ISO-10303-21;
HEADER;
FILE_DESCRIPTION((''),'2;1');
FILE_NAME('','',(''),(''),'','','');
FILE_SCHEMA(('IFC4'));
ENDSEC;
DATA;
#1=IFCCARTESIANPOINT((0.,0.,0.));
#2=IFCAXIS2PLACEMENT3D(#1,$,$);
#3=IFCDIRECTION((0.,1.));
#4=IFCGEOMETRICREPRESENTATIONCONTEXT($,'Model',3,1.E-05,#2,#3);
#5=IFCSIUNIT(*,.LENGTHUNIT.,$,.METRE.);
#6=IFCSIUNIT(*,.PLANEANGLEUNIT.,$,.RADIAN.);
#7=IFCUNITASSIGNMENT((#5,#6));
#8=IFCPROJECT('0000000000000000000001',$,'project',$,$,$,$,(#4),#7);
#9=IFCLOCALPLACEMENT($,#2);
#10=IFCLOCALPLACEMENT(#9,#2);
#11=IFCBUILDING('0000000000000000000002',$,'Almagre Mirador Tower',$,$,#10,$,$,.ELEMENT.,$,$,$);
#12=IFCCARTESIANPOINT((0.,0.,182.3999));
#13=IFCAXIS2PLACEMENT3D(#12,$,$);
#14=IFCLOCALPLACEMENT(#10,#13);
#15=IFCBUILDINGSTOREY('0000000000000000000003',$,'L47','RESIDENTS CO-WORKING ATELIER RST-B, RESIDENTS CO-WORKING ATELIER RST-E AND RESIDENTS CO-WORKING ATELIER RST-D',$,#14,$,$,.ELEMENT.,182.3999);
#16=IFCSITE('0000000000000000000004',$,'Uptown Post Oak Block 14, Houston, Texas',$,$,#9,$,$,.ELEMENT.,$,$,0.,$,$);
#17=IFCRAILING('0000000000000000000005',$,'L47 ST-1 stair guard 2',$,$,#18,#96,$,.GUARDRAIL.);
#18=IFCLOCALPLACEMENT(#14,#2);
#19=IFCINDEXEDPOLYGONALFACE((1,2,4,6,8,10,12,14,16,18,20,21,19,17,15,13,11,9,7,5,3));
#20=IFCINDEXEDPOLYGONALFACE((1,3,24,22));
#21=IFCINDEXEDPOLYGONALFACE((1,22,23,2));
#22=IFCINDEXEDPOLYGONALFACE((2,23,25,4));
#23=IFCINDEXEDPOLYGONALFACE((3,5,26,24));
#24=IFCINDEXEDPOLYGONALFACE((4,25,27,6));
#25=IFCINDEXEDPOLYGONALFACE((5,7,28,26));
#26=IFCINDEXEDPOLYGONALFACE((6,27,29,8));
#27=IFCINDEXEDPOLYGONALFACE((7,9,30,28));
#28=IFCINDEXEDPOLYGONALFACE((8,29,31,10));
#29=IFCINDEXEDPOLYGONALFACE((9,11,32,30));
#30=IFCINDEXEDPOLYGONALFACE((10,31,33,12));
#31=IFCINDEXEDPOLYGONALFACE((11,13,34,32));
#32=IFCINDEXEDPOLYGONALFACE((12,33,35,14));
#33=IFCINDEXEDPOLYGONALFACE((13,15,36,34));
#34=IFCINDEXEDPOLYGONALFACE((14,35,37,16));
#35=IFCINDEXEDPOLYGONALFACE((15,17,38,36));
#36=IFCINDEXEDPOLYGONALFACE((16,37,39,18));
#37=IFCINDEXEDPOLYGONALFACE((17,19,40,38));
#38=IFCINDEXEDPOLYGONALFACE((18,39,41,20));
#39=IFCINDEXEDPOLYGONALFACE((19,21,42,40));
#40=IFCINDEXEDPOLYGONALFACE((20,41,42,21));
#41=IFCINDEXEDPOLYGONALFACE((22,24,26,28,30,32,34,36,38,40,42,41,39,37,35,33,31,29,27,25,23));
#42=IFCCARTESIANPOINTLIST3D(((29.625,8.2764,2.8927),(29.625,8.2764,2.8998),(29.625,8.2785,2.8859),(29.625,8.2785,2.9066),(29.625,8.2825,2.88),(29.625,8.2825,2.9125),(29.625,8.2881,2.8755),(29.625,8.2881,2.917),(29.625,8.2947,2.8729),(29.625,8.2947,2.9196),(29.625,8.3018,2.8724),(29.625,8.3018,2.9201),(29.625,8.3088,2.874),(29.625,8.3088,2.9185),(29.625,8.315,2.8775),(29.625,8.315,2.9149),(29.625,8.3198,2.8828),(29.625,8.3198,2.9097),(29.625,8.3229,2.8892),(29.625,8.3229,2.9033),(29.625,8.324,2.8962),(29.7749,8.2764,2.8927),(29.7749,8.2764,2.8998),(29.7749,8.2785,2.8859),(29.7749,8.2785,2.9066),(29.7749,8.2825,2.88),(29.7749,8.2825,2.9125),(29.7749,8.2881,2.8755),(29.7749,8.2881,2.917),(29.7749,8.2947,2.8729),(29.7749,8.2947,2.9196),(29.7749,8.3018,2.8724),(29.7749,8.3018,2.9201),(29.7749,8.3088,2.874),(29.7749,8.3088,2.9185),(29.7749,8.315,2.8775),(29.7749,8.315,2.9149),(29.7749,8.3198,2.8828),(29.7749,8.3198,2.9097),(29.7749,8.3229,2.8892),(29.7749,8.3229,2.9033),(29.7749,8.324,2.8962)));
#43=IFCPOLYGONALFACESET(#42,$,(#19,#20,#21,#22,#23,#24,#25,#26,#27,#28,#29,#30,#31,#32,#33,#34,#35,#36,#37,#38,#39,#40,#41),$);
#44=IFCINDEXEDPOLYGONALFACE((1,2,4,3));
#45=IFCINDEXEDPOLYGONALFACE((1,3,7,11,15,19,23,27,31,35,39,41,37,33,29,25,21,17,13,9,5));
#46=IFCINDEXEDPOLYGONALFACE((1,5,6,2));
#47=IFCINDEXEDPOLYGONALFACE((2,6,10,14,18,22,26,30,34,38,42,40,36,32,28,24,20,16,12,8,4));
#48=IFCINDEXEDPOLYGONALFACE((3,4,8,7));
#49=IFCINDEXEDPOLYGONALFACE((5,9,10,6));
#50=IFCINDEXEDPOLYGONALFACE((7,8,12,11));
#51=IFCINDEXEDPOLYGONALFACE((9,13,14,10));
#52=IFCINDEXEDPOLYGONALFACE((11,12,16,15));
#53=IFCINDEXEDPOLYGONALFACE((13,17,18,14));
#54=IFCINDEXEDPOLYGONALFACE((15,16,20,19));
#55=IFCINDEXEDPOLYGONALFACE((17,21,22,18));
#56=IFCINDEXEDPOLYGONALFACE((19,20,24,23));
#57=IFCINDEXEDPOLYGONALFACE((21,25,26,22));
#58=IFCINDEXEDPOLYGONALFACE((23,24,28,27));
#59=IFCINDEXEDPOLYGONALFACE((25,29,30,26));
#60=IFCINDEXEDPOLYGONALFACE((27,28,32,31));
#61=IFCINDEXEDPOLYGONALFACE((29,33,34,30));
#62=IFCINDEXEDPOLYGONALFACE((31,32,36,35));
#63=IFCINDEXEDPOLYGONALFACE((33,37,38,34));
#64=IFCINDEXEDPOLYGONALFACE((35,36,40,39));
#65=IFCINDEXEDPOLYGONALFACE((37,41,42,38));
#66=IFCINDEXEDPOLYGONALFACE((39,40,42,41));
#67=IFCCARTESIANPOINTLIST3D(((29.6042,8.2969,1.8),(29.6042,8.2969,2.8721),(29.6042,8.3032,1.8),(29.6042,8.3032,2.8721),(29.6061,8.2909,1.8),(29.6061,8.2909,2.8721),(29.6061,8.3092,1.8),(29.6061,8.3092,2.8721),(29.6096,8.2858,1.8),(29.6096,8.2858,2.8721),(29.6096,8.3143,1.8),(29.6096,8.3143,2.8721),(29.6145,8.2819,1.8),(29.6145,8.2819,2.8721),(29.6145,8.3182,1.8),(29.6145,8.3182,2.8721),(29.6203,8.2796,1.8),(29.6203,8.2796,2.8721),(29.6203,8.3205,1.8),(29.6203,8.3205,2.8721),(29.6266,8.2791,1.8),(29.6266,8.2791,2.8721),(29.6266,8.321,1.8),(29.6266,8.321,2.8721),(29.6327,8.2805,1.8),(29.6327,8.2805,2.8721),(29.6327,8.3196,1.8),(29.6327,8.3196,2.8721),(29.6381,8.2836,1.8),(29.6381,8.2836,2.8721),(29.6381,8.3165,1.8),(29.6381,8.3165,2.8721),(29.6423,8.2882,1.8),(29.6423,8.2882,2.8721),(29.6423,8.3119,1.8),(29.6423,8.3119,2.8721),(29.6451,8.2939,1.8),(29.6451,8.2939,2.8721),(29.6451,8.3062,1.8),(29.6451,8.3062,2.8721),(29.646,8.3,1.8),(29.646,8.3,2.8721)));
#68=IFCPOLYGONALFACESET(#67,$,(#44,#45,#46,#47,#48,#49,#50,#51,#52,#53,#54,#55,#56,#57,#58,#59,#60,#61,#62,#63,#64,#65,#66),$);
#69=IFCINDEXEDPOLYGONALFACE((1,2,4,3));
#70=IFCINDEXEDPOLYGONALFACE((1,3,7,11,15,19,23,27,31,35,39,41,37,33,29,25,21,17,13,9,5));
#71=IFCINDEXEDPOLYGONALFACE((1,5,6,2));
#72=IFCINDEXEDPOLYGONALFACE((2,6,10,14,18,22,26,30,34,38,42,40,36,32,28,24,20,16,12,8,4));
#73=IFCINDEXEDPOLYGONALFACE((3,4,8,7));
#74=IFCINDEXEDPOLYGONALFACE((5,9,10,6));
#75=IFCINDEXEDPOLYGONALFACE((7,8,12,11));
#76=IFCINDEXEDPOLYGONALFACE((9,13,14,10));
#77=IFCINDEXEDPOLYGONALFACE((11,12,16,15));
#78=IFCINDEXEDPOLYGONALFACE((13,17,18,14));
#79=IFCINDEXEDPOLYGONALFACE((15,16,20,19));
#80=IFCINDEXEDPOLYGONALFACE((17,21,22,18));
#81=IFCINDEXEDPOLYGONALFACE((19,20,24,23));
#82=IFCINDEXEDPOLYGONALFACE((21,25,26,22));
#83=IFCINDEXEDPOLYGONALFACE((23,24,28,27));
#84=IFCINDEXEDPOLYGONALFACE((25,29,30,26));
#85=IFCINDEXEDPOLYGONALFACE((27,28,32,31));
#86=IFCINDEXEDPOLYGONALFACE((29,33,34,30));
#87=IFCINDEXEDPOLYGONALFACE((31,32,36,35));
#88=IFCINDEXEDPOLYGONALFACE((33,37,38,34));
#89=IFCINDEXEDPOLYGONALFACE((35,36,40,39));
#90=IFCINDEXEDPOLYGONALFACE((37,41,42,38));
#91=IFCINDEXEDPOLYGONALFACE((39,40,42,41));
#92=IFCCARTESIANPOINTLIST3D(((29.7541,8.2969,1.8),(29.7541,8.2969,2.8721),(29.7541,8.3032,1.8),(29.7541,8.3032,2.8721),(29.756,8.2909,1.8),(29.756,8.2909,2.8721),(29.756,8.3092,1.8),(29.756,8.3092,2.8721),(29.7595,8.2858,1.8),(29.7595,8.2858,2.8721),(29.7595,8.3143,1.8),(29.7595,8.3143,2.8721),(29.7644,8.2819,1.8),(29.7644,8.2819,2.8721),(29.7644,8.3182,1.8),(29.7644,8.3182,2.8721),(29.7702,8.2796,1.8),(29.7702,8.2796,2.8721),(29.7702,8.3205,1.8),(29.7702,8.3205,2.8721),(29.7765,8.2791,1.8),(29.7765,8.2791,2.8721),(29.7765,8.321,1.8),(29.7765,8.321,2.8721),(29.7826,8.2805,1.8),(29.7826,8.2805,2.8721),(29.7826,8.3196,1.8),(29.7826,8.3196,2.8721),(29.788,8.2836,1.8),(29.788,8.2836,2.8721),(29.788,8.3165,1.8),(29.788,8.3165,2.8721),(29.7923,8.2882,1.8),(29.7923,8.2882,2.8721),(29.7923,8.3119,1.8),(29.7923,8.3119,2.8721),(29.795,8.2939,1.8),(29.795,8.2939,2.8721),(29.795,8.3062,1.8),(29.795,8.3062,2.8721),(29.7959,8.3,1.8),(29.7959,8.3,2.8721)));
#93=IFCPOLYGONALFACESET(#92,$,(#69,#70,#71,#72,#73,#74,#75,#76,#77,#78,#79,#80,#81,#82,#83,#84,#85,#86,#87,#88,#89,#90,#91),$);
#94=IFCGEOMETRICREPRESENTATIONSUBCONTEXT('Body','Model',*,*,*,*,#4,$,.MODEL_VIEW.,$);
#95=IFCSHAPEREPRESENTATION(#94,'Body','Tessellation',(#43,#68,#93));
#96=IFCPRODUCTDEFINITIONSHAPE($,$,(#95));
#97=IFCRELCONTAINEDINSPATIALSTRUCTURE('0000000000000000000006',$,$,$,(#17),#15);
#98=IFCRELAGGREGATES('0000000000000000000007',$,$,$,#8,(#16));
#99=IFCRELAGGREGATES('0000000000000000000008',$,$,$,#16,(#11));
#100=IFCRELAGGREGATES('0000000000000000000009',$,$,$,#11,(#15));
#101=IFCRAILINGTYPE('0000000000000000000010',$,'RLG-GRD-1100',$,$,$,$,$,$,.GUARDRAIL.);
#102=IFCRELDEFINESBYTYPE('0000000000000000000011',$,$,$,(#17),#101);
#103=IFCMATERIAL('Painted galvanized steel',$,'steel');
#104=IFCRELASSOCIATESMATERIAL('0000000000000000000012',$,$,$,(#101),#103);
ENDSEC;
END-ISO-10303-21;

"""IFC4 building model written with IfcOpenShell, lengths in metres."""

from ifc_helpers import new_model, si_unit, direction, frame, origin, origin_2d, place, context, subcontext, project, spatial, circle, extrude, material, type_object, element, save


model = new_model("IFC4")

# Units and contexts
model_context = context("Model", 3, precision=1e-05, world=origin(), true_north=direction((0.0, 1.0)))
body_context = subcontext(model_context, "Body", "Model", "MODEL_VIEW")
ifc_project = project(units=[si_unit("LENGTHUNIT", "METRE"), si_unit("PLANEANGLEUNIT", "RADIAN")], contexts=[model_context])

# Site, building, storey
site_placement = place(None, origin())
site = spatial("IfcSite", under=ifc_project, at=site_placement, Name="Uptown Post Oak Block 14, Houston, Texas", CompositionType="ELEMENT", RefElevation=0.0)
building_placement = place(site_placement, origin())
building = spatial("IfcBuilding", under=site, at=building_placement, Name="Almagre Mirador Tower", CompositionType="ELEMENT")
storey_placement = place(building_placement, frame((0.0, 0.0, 182.3999)))
storey = spatial("IfcBuildingStorey", under=building, at=storey_placement, Name="L47", Description="RESIDENTS CO-WORKING ATELIER RST-B, RESIDENTS CO-WORKING ATELIER RST-E AND RESIDENTS CO-WORKING ATELIER RST-D", CompositionType="ELEMENT", Elevation=182.3999)

# Railing
ifc_material_1 = material(Name="Painted galvanized steel", Category="steel")
railing_type_1 = type_object("IfcRailingType", Name="RLG-GRD-1100", PredefinedType="GUARDRAIL", material=ifc_material_1)
railing_1_placement = place(storey_placement, frame((29.625, 8.3, 1.8)))
element("IfcRailing", 1, at=railing_1_placement, inside=storey, type_object=railing_type_1, Name="L47 ST-1 stair guard 2", PredefinedType="GUARDRAIL", context=body_context, shape_type="SweptSolid", body=[
    extrude(circle(Radius=0.0239, at=origin_2d()), frame((0.0, 0.0, 1.0962), z_axis=(1.0, 0.0, 0.0), x_axis=(0.0, 1.0, 0.0)), (0.0, 0.0, 1.0), 0.1499),
    extrude(circle(Radius=0.021, at=origin_2d()), origin(), (0.0, 0.0, 1.0), 1.072),
    extrude(circle(Radius=0.021, at=origin_2d()), frame((0.1499, 0.0, 0.0)), (0.0, 0.0, 1.0), 1.072),
])

save(model, "model.ifc")
